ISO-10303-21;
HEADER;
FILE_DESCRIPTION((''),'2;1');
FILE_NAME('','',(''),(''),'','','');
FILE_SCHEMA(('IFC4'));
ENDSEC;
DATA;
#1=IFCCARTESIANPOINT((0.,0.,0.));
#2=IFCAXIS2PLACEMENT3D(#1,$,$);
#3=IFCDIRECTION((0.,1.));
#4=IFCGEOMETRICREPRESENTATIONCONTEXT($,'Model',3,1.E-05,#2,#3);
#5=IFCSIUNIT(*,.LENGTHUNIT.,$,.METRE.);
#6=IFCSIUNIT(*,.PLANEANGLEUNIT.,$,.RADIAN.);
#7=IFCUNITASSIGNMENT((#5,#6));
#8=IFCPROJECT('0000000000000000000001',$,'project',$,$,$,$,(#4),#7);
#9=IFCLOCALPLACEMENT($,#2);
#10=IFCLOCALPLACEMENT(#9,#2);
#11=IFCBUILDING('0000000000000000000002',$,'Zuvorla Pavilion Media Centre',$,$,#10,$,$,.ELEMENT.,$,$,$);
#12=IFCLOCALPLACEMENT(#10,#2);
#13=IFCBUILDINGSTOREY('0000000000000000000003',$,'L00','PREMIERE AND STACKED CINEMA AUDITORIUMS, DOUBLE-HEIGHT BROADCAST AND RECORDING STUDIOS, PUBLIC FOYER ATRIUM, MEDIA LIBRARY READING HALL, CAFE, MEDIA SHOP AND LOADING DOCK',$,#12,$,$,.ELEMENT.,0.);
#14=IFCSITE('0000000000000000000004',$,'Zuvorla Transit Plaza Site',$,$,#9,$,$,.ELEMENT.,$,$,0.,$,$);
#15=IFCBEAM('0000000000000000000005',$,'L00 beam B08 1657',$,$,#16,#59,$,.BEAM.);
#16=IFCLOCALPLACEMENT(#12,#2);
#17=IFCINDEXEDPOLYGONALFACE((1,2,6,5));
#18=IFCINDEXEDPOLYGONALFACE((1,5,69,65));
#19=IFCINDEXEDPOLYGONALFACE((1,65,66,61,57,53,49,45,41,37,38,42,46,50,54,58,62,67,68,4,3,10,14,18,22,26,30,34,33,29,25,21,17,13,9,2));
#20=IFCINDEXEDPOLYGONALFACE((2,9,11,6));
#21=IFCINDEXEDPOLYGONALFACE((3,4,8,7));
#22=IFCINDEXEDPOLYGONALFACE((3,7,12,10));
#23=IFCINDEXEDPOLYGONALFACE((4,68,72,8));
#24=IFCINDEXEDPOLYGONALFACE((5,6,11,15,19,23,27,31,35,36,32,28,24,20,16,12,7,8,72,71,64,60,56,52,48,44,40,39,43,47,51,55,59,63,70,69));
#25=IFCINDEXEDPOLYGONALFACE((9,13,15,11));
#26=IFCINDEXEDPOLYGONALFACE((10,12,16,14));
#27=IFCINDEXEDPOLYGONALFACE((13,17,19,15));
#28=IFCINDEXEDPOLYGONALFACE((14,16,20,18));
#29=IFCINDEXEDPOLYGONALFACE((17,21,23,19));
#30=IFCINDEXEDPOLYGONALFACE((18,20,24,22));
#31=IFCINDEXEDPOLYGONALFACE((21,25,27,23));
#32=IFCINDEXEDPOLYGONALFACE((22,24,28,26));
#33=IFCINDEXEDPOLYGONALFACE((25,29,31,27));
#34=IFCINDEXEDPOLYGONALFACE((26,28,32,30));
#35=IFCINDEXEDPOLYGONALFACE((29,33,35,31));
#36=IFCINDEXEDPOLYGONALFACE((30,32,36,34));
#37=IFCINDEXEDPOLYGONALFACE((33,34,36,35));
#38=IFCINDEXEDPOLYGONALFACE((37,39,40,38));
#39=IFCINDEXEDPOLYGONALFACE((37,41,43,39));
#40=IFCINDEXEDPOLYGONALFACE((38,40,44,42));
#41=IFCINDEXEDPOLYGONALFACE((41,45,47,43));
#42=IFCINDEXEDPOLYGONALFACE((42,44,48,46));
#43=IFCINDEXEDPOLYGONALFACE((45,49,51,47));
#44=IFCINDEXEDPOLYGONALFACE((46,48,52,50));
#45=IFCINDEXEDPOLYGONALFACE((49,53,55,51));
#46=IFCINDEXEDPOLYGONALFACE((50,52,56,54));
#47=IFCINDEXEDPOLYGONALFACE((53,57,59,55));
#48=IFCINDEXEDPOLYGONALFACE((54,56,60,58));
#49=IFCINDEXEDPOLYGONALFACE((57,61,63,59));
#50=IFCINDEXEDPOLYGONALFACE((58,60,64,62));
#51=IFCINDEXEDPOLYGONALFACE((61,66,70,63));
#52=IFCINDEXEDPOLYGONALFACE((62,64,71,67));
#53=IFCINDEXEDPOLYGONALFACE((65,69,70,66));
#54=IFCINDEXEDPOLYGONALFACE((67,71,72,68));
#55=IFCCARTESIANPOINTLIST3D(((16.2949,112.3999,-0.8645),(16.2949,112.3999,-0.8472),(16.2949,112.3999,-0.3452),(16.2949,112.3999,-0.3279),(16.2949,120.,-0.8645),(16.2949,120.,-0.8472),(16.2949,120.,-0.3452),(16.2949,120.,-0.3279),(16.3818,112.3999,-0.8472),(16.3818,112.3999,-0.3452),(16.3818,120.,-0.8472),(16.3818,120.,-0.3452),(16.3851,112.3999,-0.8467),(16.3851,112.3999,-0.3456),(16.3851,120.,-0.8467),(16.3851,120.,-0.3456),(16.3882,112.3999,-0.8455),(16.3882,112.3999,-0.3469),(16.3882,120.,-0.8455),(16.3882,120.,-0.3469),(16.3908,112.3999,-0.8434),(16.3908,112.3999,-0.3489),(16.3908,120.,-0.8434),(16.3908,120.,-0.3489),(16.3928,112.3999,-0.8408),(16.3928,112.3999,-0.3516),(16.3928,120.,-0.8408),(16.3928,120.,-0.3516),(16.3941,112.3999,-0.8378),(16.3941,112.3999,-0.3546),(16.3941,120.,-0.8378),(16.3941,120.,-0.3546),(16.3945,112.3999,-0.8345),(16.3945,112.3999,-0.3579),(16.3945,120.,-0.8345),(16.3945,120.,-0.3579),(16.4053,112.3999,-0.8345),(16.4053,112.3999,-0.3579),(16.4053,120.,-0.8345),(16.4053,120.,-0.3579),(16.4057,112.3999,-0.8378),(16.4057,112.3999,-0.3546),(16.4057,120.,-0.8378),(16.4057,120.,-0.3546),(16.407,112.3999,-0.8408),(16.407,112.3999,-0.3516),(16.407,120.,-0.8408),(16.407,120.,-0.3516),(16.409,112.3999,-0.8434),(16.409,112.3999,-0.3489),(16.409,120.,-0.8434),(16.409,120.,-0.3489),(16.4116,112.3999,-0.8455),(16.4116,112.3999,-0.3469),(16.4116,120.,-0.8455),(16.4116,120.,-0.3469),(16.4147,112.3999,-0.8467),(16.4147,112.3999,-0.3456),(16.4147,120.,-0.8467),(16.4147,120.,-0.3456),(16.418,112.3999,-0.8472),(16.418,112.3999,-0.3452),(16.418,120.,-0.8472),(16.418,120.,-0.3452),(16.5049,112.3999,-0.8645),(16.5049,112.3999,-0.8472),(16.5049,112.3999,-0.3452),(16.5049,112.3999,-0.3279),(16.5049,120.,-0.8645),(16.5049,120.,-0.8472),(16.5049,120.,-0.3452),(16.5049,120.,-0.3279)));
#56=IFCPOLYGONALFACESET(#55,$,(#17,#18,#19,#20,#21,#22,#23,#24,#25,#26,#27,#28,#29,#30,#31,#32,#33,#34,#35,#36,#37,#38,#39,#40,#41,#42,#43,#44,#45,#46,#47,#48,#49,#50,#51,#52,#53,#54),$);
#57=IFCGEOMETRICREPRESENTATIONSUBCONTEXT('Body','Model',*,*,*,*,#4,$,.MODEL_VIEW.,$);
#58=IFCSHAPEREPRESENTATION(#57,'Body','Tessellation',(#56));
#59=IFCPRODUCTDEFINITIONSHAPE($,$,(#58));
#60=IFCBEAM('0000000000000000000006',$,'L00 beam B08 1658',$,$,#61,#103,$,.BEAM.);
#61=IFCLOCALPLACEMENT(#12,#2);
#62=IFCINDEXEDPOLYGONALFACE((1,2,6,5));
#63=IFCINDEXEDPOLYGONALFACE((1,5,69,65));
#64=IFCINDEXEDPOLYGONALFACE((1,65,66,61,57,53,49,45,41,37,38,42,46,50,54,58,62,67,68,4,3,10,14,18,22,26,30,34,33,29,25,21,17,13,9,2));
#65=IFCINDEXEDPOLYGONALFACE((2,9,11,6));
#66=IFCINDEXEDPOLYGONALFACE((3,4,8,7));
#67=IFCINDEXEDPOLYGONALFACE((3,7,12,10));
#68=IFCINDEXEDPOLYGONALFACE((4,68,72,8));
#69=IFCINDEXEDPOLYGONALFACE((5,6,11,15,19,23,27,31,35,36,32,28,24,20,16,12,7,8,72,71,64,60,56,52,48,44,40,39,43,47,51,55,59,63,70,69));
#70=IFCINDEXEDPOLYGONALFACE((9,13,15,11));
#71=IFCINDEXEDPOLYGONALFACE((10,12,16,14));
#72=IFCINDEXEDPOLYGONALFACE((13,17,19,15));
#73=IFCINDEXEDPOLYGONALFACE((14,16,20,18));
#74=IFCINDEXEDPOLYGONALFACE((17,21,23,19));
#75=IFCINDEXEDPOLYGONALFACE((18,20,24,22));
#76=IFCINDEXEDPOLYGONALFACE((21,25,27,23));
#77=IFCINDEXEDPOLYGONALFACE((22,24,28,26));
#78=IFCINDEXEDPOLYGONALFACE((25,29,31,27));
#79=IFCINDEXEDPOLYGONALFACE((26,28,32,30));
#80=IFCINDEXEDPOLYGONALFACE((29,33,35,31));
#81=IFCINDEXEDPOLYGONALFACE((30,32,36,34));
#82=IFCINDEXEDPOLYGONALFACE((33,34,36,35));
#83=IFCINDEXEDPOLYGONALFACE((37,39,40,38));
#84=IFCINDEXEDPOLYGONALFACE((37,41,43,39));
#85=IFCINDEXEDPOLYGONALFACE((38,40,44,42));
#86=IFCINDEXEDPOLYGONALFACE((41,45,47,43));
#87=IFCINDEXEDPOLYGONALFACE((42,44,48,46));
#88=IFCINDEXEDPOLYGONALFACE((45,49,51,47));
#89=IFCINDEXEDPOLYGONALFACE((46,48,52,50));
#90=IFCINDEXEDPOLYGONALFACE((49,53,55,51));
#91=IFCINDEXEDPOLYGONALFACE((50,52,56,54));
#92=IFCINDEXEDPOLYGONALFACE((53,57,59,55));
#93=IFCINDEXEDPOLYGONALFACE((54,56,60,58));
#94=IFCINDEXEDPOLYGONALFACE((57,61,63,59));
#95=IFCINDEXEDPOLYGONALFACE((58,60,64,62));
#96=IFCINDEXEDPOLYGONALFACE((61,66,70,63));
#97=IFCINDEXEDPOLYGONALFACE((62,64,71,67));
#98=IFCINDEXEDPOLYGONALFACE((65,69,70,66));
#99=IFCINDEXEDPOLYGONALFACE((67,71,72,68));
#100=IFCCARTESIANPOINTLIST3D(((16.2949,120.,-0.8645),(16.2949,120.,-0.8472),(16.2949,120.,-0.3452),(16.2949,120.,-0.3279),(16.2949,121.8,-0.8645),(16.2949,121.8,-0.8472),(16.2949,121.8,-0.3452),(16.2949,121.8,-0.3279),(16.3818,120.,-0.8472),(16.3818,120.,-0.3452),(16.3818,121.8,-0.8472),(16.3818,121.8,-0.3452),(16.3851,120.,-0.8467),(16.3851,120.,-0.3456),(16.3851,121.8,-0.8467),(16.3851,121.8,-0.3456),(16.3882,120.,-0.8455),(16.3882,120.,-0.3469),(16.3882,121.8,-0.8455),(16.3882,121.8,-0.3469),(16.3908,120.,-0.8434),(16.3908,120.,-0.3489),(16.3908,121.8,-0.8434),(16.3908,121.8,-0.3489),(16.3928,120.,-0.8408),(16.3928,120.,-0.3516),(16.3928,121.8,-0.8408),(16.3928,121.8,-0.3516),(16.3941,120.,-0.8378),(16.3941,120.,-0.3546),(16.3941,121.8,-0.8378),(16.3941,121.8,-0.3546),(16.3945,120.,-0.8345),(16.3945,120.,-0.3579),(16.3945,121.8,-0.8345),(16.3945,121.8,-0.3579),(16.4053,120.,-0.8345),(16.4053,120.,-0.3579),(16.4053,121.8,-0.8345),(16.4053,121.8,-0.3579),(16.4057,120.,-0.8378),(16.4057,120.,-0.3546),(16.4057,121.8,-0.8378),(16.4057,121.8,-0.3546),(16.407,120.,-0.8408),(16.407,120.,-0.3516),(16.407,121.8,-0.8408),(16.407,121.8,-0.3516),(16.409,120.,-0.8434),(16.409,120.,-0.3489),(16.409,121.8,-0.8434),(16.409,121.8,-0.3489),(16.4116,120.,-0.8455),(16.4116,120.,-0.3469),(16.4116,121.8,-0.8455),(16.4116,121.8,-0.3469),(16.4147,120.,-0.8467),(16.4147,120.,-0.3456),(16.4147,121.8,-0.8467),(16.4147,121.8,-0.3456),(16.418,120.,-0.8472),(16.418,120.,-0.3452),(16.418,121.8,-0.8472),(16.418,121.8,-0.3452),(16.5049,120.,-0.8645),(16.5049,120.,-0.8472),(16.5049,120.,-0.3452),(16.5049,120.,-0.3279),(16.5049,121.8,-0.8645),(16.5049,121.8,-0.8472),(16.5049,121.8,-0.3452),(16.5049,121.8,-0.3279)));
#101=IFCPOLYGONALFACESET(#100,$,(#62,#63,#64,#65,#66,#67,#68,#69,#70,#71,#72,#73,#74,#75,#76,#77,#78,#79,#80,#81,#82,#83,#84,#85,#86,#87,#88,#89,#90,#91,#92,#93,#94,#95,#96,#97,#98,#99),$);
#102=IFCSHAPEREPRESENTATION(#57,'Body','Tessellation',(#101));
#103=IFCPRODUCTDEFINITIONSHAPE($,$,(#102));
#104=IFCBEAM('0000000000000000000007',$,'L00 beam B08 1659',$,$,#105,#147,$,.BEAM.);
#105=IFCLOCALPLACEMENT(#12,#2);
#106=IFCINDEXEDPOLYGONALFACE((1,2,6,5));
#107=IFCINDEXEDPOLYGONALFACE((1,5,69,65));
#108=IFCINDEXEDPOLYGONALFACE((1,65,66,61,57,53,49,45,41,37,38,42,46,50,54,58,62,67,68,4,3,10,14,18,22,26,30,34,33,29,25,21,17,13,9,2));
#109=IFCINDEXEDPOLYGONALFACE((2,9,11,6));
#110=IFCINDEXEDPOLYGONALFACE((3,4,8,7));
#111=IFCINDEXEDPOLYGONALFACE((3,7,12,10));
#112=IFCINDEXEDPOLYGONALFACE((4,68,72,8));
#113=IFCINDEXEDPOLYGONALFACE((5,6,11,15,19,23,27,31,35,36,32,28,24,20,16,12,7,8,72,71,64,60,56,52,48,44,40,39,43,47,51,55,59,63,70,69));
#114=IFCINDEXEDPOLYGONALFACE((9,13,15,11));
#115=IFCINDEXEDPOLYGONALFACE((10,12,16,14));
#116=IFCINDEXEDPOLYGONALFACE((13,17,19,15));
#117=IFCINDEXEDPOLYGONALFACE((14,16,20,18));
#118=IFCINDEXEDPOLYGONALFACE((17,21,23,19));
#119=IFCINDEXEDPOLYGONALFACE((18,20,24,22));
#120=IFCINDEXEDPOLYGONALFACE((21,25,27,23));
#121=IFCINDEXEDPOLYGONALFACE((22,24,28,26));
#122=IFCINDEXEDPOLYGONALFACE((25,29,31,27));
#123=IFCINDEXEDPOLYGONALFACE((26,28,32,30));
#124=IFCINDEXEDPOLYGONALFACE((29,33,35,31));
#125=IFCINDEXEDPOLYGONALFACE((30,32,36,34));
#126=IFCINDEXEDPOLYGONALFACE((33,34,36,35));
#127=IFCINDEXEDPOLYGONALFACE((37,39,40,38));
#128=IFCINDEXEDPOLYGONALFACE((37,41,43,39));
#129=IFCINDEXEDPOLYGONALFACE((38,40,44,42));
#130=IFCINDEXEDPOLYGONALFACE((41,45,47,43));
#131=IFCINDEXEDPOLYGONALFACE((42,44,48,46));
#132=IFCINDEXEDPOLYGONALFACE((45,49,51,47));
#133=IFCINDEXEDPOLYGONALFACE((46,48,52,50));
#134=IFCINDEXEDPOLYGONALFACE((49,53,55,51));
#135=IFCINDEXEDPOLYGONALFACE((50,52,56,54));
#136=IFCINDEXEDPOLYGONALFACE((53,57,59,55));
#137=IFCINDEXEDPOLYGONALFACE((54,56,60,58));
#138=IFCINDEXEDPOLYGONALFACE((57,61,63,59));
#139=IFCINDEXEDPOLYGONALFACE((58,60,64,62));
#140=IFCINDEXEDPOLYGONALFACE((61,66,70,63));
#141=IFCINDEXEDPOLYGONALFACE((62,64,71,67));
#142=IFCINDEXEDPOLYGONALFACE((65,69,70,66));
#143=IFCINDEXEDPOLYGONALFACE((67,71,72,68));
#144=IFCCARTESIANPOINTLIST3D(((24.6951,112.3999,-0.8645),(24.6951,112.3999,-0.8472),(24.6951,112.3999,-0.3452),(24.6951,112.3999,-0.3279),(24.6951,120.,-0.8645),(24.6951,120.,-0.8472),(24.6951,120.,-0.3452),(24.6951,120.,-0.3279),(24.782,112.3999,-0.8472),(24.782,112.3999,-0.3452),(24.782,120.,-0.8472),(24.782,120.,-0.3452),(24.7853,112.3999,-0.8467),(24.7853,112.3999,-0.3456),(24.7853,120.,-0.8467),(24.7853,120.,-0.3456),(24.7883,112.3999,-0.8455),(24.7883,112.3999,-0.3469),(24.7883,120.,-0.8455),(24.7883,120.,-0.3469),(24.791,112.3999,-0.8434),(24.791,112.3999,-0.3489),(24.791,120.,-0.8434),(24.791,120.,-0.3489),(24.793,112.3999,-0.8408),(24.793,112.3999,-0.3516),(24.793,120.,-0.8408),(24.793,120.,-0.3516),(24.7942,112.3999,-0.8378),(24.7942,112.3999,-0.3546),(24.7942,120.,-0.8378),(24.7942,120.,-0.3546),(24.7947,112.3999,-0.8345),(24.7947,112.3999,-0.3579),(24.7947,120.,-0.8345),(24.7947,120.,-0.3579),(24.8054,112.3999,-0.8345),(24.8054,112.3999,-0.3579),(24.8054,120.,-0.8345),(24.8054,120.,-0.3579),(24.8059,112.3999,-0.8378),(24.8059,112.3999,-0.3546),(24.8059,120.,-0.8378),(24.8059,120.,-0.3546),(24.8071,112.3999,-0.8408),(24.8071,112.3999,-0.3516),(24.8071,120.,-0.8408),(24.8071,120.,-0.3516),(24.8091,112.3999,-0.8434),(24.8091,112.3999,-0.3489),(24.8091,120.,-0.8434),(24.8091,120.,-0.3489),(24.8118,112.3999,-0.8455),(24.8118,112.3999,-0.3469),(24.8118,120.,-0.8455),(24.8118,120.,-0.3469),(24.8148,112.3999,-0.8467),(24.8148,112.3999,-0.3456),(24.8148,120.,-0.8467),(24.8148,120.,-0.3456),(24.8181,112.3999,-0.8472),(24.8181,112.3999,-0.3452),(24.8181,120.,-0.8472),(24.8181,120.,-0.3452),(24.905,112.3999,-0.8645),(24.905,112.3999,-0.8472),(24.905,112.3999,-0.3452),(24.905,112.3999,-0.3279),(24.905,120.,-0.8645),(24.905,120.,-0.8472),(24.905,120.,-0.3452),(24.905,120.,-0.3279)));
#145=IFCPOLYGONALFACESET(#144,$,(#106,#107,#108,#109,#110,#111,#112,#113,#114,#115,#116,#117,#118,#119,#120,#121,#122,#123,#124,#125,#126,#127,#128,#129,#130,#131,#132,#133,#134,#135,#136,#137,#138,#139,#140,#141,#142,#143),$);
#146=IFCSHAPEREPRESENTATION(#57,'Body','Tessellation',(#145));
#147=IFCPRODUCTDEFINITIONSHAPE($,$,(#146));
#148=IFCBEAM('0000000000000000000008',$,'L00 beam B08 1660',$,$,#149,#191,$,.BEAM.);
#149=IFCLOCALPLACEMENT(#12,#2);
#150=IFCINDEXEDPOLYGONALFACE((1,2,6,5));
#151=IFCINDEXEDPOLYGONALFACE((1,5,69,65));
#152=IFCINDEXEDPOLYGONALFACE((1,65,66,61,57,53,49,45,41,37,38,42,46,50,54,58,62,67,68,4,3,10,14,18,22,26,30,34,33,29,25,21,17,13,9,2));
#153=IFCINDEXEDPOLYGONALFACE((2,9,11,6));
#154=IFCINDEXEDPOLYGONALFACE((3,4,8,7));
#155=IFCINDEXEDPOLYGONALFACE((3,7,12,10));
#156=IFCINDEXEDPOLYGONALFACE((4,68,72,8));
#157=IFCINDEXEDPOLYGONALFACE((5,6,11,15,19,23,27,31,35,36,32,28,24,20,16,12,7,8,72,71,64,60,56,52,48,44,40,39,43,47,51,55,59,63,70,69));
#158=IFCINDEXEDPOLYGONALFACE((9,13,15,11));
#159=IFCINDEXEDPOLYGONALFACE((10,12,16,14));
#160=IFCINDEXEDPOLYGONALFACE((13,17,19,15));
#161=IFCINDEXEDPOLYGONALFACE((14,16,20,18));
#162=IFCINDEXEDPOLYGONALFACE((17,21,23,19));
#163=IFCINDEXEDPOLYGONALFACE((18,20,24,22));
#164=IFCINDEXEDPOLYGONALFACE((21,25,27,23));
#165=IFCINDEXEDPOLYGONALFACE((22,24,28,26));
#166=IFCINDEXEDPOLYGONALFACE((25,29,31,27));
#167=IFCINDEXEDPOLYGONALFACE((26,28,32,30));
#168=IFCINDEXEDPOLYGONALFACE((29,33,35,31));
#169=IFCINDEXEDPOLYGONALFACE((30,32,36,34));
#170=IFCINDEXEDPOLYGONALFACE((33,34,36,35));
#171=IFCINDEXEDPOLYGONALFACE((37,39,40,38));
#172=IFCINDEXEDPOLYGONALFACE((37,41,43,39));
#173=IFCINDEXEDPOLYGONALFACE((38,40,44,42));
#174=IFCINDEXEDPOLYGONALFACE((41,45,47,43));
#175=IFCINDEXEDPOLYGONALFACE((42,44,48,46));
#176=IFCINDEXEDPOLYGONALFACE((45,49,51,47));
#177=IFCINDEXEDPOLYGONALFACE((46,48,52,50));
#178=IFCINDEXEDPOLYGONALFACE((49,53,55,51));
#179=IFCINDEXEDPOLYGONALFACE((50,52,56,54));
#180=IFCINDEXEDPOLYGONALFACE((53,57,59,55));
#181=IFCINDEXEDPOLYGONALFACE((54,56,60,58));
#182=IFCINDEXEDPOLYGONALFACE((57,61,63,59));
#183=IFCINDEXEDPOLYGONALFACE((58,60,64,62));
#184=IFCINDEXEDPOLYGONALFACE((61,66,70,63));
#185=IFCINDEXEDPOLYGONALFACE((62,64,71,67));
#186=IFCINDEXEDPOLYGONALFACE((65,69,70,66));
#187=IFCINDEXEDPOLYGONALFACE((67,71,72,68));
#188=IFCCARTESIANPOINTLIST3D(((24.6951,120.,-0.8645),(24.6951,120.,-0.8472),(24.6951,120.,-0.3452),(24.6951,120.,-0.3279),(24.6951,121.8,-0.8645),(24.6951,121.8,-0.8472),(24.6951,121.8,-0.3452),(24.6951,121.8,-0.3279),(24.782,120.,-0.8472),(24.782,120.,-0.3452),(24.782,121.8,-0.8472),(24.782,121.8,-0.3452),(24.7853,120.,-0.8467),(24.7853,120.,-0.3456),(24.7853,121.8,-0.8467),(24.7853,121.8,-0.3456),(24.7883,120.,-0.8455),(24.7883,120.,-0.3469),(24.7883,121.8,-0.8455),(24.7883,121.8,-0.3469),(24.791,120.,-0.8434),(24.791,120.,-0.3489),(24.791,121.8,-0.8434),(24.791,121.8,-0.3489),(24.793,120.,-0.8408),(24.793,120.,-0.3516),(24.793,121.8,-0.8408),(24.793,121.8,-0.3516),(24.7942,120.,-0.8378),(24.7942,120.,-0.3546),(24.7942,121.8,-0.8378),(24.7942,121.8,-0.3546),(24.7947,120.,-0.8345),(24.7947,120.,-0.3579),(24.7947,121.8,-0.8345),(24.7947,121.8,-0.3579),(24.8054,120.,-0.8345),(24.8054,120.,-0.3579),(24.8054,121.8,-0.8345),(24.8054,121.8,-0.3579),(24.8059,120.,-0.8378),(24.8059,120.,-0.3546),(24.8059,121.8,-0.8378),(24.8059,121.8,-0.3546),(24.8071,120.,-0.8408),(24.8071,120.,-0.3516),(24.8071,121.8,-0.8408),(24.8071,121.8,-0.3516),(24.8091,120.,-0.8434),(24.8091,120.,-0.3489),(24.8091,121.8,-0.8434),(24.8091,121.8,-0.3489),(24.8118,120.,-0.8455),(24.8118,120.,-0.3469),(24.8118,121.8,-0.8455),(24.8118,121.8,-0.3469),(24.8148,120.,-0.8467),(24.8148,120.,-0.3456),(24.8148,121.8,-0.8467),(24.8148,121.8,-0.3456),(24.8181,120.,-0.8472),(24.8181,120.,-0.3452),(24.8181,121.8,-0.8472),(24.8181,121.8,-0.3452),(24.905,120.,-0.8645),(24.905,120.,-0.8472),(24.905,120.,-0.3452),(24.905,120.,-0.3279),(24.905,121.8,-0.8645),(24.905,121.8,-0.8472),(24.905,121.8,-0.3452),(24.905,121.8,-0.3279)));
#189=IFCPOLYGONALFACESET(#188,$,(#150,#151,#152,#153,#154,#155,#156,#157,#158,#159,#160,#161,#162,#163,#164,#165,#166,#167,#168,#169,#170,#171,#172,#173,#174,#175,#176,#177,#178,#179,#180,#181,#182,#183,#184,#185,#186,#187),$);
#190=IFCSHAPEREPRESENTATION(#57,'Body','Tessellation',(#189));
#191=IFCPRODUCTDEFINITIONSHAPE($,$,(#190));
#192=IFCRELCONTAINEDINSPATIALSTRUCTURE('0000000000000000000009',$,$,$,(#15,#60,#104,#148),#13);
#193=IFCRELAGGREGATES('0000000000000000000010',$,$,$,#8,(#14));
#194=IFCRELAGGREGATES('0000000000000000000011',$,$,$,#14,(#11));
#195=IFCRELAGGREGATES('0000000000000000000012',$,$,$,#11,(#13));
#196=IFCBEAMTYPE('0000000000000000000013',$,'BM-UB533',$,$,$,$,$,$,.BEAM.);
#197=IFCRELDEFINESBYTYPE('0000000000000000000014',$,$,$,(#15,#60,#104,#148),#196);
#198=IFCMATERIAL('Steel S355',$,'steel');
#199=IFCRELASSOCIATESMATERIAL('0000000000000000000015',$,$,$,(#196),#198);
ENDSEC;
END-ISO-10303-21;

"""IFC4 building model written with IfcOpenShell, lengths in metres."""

from ifc_helpers import new_model, si_unit, direction, frame, origin, origin_2d, place, context, subcontext, project, spatial, i_section, extrude, material, material_profile, profile_set, type_object, element, save


model = new_model("IFC4")

# Units and contexts
model_context = context("Model", 3, precision=1e-05, world=origin(), true_north=direction((0.0, 1.0)))
body_context = subcontext(model_context, "Body", "Model", "MODEL_VIEW")
ifc_project = project(units=[si_unit("LENGTHUNIT", "METRE"), si_unit("PLANEANGLEUNIT", "RADIAN")], contexts=[model_context])

# Site, building, storey
site_placement = place(None, origin())
site = spatial("IfcSite", under=ifc_project, at=site_placement, Name="Zuvorla Transit Plaza Site", CompositionType="ELEMENT", RefElevation=0.0)
building_placement = place(site_placement, origin())
building = spatial("IfcBuilding", under=site, at=building_placement, Name="Zuvorla Pavilion Media Centre", CompositionType="ELEMENT")
storey_placement = place(building_placement, origin())
storey = spatial("IfcBuildingStorey", under=building, at=storey_placement, Name="L00", Description="PREMIERE AND STACKED CINEMA AUDITORIUMS, DOUBLE-HEIGHT BROADCAST AND RECORDING STUDIOS, PUBLIC FOYER ATRIUM, MEDIA LIBRARY READING HALL, CAFE, MEDIA SHOP AND LOADING DOCK", CompositionType="ELEMENT", Elevation=0.0)

# Beams
ifc_material_1 = material(Name="Steel S355", Category="steel")
ifc_material_profile_1 = material_profile(ifc_material_1, i_section(OverallWidth=0.21, OverallDepth=0.5366, WebThickness=0.0107, FlangeThickness=0.0173, FilletRadius=0.0127, at=origin_2d()), Name="UB 533x210x101")
ifc_profile_set_1 = profile_set([ifc_material_profile_1], Name="Steel S355")
beam_type_1 = type_object("IfcBeamType", Name="BM-UB533", PredefinedType="BEAM", material=ifc_profile_set_1)
for number, where, z_axis, x_axis, name in (
    (1, (16.3999, 112.3999, -0.5962), (0.0, 1.0, 0.0), (-1.0, 0.0, 0.0), "L00 beam B08 1657"),
):
    element("IfcBeam", number, at=place(storey_placement, frame(where, z_axis=z_axis, x_axis=x_axis)), inside=storey, type_object=beam_type_1, Name=name, PredefinedType="BEAM", context=body_context, shape_type="SweptSolid", body=[
        extrude(i_section(OverallWidth=0.21, OverallDepth=0.5366, WebThickness=0.0107, FlangeThickness=0.0173, FilletRadius=0.0127, at=origin_2d()), origin(), (0.0, 0.0, 1.0), 7.6001),
    ])
beam_1_placement = place(storey_placement, frame((16.3999, 120.0, -0.5962), z_axis=(0.0, 1.0, 0.0), x_axis=(-1.0, 0.0, 0.0)))
element("IfcBeam", 2, at=beam_1_placement, inside=storey, type_object=beam_type_1, Name="L00 beam B08 1658", PredefinedType="BEAM", context=body_context, shape_type="SweptSolid", body=[
    extrude(i_section(OverallWidth=0.21, OverallDepth=0.5366, WebThickness=0.0107, FlangeThickness=0.0173, FilletRadius=0.0127, at=origin_2d()), origin(), (0.0, 0.0, 1.0), 1.8),
])
beam_2_placement = place(storey_placement, frame((24.8, 112.3999, -0.5962), z_axis=(0.0, 1.0, 0.0), x_axis=(-1.0, 0.0, 0.0)))
element("IfcBeam", 3, at=beam_2_placement, inside=storey, type_object=beam_type_1, Name="L00 beam B08 1659", PredefinedType="BEAM", context=body_context, shape_type="SweptSolid", body=[
    extrude(i_section(OverallWidth=0.21, OverallDepth=0.5366, WebThickness=0.0107, FlangeThickness=0.0173, FilletRadius=0.0127, at=origin_2d()), origin(), (0.0, 0.0, 1.0), 7.6001),
])
beam_3_placement = place(storey_placement, frame((24.8, 120.0, -0.5962), z_axis=(0.0, 1.0, 0.0), x_axis=(-1.0, 0.0, 0.0)))
element("IfcBeam", 4, at=beam_3_placement, inside=storey, type_object=beam_type_1, Name="L00 beam B08 1660", PredefinedType="BEAM", context=body_context, shape_type="SweptSolid", body=[
    extrude(i_section(OverallWidth=0.21, OverallDepth=0.5366, WebThickness=0.0107, FlangeThickness=0.0173, FilletRadius=0.0127, at=origin_2d()), origin(), (0.0, 0.0, 1.0), 1.8),
])

save(model, "model.ifc")
